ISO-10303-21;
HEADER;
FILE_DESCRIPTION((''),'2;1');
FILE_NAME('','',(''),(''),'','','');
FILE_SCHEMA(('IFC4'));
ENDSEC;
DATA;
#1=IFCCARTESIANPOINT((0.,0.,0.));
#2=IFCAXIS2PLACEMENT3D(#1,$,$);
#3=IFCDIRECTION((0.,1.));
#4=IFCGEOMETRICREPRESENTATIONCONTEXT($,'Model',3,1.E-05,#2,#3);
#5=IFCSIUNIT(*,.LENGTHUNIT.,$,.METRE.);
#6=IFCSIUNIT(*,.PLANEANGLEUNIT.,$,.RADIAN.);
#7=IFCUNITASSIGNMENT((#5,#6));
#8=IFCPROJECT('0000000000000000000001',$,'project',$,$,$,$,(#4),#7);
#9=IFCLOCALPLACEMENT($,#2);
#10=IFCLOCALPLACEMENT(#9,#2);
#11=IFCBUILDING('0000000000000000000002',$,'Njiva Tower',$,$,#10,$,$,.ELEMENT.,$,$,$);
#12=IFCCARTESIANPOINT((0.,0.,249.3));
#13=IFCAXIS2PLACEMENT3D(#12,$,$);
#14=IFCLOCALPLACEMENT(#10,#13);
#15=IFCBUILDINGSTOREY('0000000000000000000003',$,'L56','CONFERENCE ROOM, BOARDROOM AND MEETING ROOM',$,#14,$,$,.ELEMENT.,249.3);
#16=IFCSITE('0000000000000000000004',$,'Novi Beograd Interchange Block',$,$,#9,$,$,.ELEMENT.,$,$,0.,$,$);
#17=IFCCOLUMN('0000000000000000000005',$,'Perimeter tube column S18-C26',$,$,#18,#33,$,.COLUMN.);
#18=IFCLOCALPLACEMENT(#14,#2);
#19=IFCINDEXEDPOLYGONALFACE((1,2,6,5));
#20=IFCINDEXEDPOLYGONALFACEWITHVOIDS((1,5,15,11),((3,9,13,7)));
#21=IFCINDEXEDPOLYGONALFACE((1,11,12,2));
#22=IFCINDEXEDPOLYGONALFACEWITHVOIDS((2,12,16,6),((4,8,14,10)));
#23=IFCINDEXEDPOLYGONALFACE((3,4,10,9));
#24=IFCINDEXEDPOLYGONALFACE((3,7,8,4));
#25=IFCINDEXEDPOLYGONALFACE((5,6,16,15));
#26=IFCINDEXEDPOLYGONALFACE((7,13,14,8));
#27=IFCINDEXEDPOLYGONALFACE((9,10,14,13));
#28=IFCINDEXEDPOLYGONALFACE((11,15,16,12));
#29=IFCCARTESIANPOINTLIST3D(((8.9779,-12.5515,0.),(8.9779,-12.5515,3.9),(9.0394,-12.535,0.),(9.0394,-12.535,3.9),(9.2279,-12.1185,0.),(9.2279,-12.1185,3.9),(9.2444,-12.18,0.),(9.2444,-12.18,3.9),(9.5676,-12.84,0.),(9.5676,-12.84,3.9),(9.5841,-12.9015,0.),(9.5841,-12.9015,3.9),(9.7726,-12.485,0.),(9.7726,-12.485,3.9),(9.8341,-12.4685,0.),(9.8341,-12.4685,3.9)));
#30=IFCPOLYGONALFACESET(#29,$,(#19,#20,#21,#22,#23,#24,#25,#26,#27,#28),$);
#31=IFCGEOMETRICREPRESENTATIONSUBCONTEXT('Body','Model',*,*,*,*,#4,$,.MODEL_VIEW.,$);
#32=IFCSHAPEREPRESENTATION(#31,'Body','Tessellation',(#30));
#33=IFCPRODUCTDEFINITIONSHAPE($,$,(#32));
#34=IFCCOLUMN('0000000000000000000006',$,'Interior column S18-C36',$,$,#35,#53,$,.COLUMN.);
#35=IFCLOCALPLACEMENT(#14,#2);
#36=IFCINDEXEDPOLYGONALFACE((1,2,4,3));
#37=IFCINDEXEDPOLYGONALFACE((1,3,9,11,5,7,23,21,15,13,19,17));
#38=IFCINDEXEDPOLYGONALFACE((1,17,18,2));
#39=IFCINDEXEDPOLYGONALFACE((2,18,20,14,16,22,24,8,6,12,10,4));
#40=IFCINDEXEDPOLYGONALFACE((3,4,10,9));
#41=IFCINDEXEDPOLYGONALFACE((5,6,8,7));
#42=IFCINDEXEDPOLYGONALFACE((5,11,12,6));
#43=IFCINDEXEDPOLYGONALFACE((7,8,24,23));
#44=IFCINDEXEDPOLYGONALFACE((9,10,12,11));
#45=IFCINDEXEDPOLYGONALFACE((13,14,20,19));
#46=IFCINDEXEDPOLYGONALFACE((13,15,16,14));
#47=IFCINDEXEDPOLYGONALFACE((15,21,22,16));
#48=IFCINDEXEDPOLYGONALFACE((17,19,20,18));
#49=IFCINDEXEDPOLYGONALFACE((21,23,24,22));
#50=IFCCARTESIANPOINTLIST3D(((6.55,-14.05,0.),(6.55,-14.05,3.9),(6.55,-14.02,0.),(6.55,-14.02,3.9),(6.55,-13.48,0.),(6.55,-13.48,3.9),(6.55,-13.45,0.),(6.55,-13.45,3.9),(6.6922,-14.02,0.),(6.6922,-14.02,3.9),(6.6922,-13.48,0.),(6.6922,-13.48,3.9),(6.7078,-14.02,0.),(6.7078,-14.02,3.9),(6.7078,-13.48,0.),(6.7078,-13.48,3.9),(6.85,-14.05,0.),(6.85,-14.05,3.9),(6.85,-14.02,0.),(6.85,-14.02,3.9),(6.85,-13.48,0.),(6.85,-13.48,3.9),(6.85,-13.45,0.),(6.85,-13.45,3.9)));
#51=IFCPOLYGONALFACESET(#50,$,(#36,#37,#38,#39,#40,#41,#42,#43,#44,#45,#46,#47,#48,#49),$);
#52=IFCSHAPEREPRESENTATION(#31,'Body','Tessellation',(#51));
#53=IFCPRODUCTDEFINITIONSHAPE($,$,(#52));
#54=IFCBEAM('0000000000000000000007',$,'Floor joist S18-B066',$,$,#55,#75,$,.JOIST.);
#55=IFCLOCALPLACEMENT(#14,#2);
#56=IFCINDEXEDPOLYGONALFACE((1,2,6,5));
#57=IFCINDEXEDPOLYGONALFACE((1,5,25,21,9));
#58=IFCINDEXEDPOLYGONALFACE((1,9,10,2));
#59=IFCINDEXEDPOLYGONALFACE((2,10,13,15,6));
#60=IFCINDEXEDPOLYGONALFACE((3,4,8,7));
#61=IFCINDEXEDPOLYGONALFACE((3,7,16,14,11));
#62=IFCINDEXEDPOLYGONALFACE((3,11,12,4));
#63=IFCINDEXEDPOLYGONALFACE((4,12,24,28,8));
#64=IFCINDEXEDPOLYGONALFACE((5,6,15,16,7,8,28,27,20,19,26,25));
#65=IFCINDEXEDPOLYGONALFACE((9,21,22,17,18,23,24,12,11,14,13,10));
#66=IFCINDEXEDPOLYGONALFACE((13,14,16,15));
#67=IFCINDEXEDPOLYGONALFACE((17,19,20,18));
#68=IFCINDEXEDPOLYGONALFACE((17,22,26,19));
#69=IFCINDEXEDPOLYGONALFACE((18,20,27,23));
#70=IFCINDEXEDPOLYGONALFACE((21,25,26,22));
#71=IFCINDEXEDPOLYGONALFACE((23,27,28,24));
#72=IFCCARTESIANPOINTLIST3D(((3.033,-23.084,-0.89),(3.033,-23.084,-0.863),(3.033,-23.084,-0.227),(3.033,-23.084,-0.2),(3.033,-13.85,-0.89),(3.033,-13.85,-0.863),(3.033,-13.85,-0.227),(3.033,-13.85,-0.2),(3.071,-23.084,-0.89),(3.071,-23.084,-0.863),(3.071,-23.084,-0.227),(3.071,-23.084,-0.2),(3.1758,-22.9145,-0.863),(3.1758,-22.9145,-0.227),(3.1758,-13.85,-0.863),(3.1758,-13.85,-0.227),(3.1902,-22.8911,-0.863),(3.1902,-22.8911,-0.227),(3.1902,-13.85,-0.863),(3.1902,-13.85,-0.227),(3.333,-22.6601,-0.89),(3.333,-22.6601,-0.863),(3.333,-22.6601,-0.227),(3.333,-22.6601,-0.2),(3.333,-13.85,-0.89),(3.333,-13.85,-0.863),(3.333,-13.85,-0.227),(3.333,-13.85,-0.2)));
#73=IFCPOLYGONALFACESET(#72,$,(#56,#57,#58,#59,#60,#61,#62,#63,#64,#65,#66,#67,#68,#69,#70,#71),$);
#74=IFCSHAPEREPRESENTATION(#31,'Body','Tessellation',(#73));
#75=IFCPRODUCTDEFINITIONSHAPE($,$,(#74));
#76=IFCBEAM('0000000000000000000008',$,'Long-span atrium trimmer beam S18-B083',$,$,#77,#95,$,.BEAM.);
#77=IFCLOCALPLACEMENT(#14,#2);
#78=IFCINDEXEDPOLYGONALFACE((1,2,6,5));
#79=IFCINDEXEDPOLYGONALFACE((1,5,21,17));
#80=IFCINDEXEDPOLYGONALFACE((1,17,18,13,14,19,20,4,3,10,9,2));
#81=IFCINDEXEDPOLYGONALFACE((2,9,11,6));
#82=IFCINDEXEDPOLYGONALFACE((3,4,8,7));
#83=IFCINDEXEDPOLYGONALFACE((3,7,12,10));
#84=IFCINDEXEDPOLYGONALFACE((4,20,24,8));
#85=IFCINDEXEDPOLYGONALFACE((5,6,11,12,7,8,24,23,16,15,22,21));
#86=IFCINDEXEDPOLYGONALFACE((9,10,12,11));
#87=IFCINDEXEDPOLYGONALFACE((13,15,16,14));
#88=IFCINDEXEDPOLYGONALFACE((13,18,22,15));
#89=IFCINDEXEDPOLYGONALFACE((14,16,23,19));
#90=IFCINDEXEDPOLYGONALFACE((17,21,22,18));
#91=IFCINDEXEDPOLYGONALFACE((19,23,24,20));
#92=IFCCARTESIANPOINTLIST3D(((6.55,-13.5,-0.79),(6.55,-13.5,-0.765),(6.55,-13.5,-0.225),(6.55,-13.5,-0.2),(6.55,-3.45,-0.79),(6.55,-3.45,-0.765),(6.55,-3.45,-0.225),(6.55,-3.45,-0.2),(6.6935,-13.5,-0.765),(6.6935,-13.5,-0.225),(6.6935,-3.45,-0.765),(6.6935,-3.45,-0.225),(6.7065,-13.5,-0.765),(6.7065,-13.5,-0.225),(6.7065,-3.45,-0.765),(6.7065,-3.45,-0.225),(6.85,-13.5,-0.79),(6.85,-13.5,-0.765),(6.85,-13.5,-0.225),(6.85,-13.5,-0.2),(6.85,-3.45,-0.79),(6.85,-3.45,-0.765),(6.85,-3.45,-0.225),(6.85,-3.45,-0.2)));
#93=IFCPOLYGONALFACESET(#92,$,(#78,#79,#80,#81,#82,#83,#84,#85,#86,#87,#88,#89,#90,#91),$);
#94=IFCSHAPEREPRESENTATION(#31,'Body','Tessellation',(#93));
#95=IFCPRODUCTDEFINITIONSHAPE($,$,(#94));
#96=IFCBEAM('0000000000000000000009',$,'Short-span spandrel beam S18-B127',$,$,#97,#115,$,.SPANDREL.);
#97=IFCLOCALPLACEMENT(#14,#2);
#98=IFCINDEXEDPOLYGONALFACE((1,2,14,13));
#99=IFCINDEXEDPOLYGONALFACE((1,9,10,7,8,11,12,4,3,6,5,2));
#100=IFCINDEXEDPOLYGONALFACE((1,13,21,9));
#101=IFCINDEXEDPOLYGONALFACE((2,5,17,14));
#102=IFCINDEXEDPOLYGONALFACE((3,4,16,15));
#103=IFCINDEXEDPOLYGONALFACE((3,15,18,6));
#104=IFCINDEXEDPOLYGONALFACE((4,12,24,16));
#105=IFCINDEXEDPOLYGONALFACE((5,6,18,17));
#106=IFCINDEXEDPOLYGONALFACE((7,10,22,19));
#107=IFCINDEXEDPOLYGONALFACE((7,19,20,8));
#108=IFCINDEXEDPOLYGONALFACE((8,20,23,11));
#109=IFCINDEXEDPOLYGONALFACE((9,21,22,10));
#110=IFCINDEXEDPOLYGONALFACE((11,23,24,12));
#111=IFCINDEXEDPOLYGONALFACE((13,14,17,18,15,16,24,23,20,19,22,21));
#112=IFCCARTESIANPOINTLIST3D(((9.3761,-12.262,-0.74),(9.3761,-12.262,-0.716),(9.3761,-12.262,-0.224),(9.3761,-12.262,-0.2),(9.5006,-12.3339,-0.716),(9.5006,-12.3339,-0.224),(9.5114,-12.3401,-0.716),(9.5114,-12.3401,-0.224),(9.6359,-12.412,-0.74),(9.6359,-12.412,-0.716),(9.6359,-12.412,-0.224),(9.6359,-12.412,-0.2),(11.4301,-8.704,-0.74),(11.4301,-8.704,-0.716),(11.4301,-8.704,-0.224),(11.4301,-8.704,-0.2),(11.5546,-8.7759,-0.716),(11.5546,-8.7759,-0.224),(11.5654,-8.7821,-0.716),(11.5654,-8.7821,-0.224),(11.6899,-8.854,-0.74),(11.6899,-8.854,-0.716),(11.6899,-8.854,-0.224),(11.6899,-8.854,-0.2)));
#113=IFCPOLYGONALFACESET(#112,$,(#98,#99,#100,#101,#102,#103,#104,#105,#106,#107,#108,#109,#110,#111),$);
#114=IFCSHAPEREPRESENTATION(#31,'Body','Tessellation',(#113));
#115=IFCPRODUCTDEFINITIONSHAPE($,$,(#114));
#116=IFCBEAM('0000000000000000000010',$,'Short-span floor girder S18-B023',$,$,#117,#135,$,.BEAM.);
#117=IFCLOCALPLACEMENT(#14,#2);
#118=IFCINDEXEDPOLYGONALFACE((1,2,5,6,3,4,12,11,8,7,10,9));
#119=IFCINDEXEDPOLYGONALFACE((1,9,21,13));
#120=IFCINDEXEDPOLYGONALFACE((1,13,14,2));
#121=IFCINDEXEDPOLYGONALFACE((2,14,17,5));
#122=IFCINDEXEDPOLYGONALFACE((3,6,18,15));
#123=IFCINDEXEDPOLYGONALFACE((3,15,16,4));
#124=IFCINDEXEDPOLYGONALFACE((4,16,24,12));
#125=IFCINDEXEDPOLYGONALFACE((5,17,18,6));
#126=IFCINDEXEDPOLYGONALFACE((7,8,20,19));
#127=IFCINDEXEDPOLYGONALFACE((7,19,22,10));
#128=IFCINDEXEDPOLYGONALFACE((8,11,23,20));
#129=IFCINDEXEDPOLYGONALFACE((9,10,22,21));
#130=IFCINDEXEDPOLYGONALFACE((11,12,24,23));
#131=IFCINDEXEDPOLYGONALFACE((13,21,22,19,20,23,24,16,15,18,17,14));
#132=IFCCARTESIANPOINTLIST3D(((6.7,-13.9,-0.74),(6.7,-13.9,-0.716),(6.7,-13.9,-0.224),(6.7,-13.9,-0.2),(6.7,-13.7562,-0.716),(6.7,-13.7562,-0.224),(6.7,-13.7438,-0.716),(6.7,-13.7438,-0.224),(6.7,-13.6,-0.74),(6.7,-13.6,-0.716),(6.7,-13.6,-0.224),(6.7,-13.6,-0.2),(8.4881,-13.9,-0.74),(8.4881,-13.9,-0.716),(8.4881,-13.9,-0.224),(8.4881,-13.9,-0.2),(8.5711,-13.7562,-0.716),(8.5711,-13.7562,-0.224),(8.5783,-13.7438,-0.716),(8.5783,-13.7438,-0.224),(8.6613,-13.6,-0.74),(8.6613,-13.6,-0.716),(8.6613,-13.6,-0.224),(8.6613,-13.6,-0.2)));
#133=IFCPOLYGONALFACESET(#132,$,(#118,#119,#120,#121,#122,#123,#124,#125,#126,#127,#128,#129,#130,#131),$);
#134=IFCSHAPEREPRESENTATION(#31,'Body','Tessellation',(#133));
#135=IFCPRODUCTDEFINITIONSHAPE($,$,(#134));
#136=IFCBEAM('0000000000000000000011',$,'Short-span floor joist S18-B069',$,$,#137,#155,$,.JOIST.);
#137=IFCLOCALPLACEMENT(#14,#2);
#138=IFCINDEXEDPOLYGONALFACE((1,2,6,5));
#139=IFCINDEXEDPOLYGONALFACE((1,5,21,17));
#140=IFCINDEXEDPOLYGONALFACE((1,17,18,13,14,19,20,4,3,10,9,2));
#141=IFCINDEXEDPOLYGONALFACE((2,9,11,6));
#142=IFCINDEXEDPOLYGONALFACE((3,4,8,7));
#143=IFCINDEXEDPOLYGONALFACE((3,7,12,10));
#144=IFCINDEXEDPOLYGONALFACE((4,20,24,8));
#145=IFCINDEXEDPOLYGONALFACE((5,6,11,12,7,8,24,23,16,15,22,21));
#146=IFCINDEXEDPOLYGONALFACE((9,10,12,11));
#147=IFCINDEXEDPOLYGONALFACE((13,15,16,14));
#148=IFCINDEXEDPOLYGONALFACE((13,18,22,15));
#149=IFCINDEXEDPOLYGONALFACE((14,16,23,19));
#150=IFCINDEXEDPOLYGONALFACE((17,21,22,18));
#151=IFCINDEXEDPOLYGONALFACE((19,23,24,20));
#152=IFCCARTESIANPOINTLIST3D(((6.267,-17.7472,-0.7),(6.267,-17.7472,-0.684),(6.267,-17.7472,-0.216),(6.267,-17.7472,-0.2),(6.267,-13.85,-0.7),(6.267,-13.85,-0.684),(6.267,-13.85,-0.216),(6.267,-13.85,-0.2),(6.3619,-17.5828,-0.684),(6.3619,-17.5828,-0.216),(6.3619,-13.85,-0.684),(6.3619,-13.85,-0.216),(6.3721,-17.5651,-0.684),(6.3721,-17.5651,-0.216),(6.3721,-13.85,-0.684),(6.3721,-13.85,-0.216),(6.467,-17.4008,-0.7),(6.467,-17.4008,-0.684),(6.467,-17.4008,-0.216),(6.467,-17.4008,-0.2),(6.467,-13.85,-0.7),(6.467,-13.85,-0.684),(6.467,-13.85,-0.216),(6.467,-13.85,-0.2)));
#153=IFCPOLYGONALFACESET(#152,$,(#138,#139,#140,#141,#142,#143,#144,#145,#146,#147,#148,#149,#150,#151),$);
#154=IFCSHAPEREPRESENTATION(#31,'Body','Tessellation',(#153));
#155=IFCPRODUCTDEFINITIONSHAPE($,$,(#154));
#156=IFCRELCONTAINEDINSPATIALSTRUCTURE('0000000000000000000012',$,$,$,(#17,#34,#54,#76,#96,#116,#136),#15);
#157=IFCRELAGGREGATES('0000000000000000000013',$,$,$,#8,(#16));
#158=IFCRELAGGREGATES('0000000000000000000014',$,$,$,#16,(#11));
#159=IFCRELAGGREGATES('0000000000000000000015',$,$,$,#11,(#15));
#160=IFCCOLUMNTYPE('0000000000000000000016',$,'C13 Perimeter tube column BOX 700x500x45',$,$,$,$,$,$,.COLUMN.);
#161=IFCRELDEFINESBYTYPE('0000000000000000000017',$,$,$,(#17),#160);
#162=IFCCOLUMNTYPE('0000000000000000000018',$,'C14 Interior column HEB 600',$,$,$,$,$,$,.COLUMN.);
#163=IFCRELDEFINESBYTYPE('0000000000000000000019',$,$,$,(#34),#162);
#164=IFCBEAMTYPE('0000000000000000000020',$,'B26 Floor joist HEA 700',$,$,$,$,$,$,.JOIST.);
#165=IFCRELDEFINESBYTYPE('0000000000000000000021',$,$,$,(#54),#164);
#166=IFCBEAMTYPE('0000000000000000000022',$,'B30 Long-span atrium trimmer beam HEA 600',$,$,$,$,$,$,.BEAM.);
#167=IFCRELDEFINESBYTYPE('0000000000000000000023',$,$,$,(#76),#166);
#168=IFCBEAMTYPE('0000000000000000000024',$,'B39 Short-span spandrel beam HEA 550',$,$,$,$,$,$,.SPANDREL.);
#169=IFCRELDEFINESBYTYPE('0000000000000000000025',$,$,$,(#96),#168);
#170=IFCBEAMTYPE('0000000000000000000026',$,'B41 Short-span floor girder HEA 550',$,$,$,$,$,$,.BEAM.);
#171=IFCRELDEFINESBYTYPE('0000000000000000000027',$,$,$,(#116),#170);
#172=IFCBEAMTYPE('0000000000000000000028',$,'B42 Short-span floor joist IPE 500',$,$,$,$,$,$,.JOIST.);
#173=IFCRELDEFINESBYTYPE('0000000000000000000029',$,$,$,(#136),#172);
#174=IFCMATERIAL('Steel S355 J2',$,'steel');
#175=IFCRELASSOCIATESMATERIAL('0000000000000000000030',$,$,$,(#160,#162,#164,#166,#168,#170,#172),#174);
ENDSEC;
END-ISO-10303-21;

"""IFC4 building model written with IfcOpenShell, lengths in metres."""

from ifc_helpers import new_model, si_unit, direction, frame, origin, origin_2d, place, context, subcontext, project, spatial, hollow_rectangle, i_section, extrude, clip, halfspace, material, material_profile, profile_set, type_object, element, save


model = new_model("IFC4")

# Units and contexts
model_context = context("Model", 3, precision=1e-05, world=origin(), true_north=direction((0.0, 1.0)))
body_context = subcontext(model_context, "Body", "Model", "MODEL_VIEW")
ifc_project = project(units=[si_unit("LENGTHUNIT", "METRE"), si_unit("PLANEANGLEUNIT", "RADIAN")], contexts=[model_context])

# Site, building, storey
site_placement = place(None, origin())
site = spatial("IfcSite", under=ifc_project, at=site_placement, Name="Novi Beograd Interchange Block", CompositionType="ELEMENT", RefElevation=0.0)
building_placement = place(site_placement, origin())
building = spatial("IfcBuilding", under=site, at=building_placement, Name="Njiva Tower", CompositionType="ELEMENT")
storey_placement = place(building_placement, frame((0.0, 0.0, 249.3)))
storey = spatial("IfcBuildingStorey", under=building, at=storey_placement, Name="L56", Description="CONFERENCE ROOM, BOARDROOM AND MEETING ROOM", CompositionType="ELEMENT", Elevation=249.3)

# Columns
ifc_material_1 = material(Name="Steel S355 J2", Category="steel")
ifc_material_profile_1 = material_profile(ifc_material_1, hollow_rectangle(XDim=0.5, YDim=0.7, WallThickness=0.045, at=origin_2d()), Name="BOX 700x500x45")
ifc_profile_set_1 = profile_set([ifc_material_profile_1], Name="Steel S355 J2")
column_type_1 = type_object("IfcColumnType", Name="C13 Perimeter tube column BOX 700x500x45", PredefinedType="COLUMN", material=ifc_profile_set_1)
column_1_placement = place(storey_placement, frame((9.406, -12.51, 0.0), z_axis=(0.0, 0.0, 1.0), x_axis=(0.5, 0.866025, 0.0)))
element("IfcColumn", 1, at=column_1_placement, inside=storey, type_object=column_type_1, Name="Perimeter tube column S18-C26", PredefinedType="COLUMN", context=body_context, shape_type="SweptSolid", body=[
    extrude(hollow_rectangle(XDim=0.5, YDim=0.7, WallThickness=0.045, at=origin_2d()), origin(), (0.0, 0.0, 1.0), 3.9),
])
ifc_material_profile_2 = material_profile(ifc_material_1, i_section(OverallWidth=0.3, OverallDepth=0.6, WebThickness=0.0155, FlangeThickness=0.03, at=origin_2d()), Name="HEB 600")
ifc_profile_set_2 = profile_set([ifc_material_profile_2], Name="Steel S355 J2")
column_type_2 = type_object("IfcColumnType", Name="C14 Interior column HEB 600", PredefinedType="COLUMN", material=ifc_profile_set_2)
column_2_placement = place(storey_placement, frame((6.7, -13.75, 0.0), z_axis=(0.0, 0.0, 1.0), x_axis=(1.0, 0.0, 0.0)))
element("IfcColumn", 2, at=column_2_placement, inside=storey, type_object=column_type_2, Name="Interior column S18-C36", PredefinedType="COLUMN", context=body_context, shape_type="SweptSolid", body=[
    extrude(i_section(OverallWidth=0.3, OverallDepth=0.6, WebThickness=0.0155, FlangeThickness=0.03, at=origin_2d()), origin(), (0.0, 0.0, 1.0), 3.9),
])

# Beams
ifc_material_profile_3 = material_profile(ifc_material_1, i_section(OverallWidth=0.3, OverallDepth=0.69, WebThickness=0.0145, FlangeThickness=0.027, at=origin_2d()), Name="HEA 700")
ifc_profile_set_3 = profile_set([ifc_material_profile_3], Name="Steel S355 J2")
beam_type_1 = type_object("IfcBeamType", Name="B26 Floor joist HEA 700", PredefinedType="JOIST", material=ifc_profile_set_3)
beam_1_placement = place(storey_placement, frame((3.183, -13.85, -0.545), z_axis=(0.0, -1.0, 0.0), x_axis=(1.0, 0.0, 0.0)))
element("IfcBeam", 3, at=beam_1_placement, inside=storey, type_object=beam_type_1, Name="Floor joist S18-B066", PredefinedType="JOIST", context=body_context, shape_type="Clipping", body=[
    clip(extrude(i_section(OverallWidth=0.3, OverallDepth=0.69, WebThickness=0.0145, FlangeThickness=0.027, at=origin_2d()), origin(), (0.0, 0.0, 1.0), 9.234), halfspace(frame((0.0429, 0.0, 8.9834), z_axis=(0.850625, 0.0, 0.525773), x_axis=(0.0, 1.0, 0.0)), False)),
])
ifc_material_profile_4 = material_profile(ifc_material_1, i_section(OverallWidth=0.3, OverallDepth=0.59, WebThickness=0.013, FlangeThickness=0.025, at=origin_2d()), Name="HEA 600")
ifc_profile_set_4 = profile_set([ifc_material_profile_4], Name="Steel S355 J2")
beam_type_2 = type_object("IfcBeamType", Name="B30 Long-span atrium trimmer beam HEA 600", PredefinedType="BEAM", material=ifc_profile_set_4)
beam_2_placement = place(storey_placement, frame((6.7, -13.5, -0.495), z_axis=(0.0, 1.0, 0.0), x_axis=(-1.0, 0.0, 0.0)))
element("IfcBeam", 4, at=beam_2_placement, inside=storey, type_object=beam_type_2, Name="Long-span atrium trimmer beam S18-B083", PredefinedType="BEAM", context=body_context, shape_type="SweptSolid", body=[
    extrude(i_section(OverallWidth=0.3, OverallDepth=0.59, WebThickness=0.013, FlangeThickness=0.025, at=origin_2d()), origin(), (0.0, 0.0, 1.0), 10.05),
])
ifc_material_profile_5 = material_profile(ifc_material_1, i_section(OverallWidth=0.3, OverallDepth=0.54, WebThickness=0.0125, FlangeThickness=0.024, at=origin_2d()), Name="HEA 550")
ifc_profile_set_5 = profile_set([ifc_material_profile_5], Name="Steel S355 J2")
beam_type_3 = type_object("IfcBeamType", Name="B39 Short-span spandrel beam HEA 550", PredefinedType="SPANDREL", material=ifc_profile_set_5)
beam_3_placement = place(storey_placement, frame((9.506, -12.337, -0.47), z_axis=(0.499961, 0.866048, 0.0), x_axis=(-0.866048, 0.499961, 0.0)))
element("IfcBeam", 5, at=beam_3_placement, inside=storey, type_object=beam_type_3, Name="Short-span spandrel beam S18-B127", PredefinedType="SPANDREL", context=body_context, shape_type="SweptSolid", body=[
    extrude(i_section(OverallWidth=0.3, OverallDepth=0.54, WebThickness=0.0125, FlangeThickness=0.024, at=origin_2d()), origin(), (0.0, 0.0, 1.0), 4.1083),
])
ifc_material_profile_6 = material_profile(ifc_material_1, i_section(OverallWidth=0.3, OverallDepth=0.54, WebThickness=0.0125, FlangeThickness=0.024, at=origin_2d()), Name="HEA 550")
ifc_profile_set_6 = profile_set([ifc_material_profile_6], Name="Steel S355 J2")
beam_type_4 = type_object("IfcBeamType", Name="B41 Short-span floor girder HEA 550", PredefinedType="BEAM", material=ifc_profile_set_6)
beam_4_placement = place(storey_placement, frame((6.7, -13.75, -0.47), z_axis=(1.0, 0.0, 0.0), x_axis=(0.0, 1.0, 0.0)))
element("IfcBeam", 6, at=beam_4_placement, inside=storey, type_object=beam_type_4, Name="Short-span floor girder S18-B023", PredefinedType="BEAM", context=body_context, shape_type="Clipping", body=[
    clip(extrude(i_section(OverallWidth=0.3, OverallDepth=0.54, WebThickness=0.0125, FlangeThickness=0.024, at=origin_2d()), origin(), (0.0, 0.0, 1.0), 1.982), halfspace(frame((-0.025, 0.0, 1.8603), z_axis=(-0.499998, 0.0, 0.866027), x_axis=(0.0, 1.0, 0.0)), False)),
])
ifc_material_profile_7 = material_profile(ifc_material_1, i_section(OverallWidth=0.2, OverallDepth=0.5, WebThickness=0.0102, FlangeThickness=0.016, at=origin_2d()), Name="IPE 500")
ifc_profile_set_7 = profile_set([ifc_material_profile_7], Name="Steel S355 J2")
beam_type_5 = type_object("IfcBeamType", Name="B42 Short-span floor joist IPE 500", PredefinedType="JOIST", material=ifc_profile_set_7)
beam_5_placement = place(storey_placement, frame((6.367, -13.85, -0.45), z_axis=(0.0, -1.0, 0.0), x_axis=(1.0, 0.0, 0.0)))
element("IfcBeam", 7, at=beam_5_placement, inside=storey, type_object=beam_type_5, Name="Short-span floor joist S18-B069", PredefinedType="JOIST", context=body_context, shape_type="Clipping", body=[
    clip(extrude(i_section(OverallWidth=0.2, OverallDepth=0.5, WebThickness=0.0102, FlangeThickness=0.016, at=origin_2d()), origin(), (0.0, 0.0, 1.0), 3.917), halfspace(frame((0.043, 0.0, 3.6495), z_axis=(0.866027, 0.0, 0.499998), x_axis=(0.0, 1.0, 0.0)), False)),
])

save(model, "model.ifc")
